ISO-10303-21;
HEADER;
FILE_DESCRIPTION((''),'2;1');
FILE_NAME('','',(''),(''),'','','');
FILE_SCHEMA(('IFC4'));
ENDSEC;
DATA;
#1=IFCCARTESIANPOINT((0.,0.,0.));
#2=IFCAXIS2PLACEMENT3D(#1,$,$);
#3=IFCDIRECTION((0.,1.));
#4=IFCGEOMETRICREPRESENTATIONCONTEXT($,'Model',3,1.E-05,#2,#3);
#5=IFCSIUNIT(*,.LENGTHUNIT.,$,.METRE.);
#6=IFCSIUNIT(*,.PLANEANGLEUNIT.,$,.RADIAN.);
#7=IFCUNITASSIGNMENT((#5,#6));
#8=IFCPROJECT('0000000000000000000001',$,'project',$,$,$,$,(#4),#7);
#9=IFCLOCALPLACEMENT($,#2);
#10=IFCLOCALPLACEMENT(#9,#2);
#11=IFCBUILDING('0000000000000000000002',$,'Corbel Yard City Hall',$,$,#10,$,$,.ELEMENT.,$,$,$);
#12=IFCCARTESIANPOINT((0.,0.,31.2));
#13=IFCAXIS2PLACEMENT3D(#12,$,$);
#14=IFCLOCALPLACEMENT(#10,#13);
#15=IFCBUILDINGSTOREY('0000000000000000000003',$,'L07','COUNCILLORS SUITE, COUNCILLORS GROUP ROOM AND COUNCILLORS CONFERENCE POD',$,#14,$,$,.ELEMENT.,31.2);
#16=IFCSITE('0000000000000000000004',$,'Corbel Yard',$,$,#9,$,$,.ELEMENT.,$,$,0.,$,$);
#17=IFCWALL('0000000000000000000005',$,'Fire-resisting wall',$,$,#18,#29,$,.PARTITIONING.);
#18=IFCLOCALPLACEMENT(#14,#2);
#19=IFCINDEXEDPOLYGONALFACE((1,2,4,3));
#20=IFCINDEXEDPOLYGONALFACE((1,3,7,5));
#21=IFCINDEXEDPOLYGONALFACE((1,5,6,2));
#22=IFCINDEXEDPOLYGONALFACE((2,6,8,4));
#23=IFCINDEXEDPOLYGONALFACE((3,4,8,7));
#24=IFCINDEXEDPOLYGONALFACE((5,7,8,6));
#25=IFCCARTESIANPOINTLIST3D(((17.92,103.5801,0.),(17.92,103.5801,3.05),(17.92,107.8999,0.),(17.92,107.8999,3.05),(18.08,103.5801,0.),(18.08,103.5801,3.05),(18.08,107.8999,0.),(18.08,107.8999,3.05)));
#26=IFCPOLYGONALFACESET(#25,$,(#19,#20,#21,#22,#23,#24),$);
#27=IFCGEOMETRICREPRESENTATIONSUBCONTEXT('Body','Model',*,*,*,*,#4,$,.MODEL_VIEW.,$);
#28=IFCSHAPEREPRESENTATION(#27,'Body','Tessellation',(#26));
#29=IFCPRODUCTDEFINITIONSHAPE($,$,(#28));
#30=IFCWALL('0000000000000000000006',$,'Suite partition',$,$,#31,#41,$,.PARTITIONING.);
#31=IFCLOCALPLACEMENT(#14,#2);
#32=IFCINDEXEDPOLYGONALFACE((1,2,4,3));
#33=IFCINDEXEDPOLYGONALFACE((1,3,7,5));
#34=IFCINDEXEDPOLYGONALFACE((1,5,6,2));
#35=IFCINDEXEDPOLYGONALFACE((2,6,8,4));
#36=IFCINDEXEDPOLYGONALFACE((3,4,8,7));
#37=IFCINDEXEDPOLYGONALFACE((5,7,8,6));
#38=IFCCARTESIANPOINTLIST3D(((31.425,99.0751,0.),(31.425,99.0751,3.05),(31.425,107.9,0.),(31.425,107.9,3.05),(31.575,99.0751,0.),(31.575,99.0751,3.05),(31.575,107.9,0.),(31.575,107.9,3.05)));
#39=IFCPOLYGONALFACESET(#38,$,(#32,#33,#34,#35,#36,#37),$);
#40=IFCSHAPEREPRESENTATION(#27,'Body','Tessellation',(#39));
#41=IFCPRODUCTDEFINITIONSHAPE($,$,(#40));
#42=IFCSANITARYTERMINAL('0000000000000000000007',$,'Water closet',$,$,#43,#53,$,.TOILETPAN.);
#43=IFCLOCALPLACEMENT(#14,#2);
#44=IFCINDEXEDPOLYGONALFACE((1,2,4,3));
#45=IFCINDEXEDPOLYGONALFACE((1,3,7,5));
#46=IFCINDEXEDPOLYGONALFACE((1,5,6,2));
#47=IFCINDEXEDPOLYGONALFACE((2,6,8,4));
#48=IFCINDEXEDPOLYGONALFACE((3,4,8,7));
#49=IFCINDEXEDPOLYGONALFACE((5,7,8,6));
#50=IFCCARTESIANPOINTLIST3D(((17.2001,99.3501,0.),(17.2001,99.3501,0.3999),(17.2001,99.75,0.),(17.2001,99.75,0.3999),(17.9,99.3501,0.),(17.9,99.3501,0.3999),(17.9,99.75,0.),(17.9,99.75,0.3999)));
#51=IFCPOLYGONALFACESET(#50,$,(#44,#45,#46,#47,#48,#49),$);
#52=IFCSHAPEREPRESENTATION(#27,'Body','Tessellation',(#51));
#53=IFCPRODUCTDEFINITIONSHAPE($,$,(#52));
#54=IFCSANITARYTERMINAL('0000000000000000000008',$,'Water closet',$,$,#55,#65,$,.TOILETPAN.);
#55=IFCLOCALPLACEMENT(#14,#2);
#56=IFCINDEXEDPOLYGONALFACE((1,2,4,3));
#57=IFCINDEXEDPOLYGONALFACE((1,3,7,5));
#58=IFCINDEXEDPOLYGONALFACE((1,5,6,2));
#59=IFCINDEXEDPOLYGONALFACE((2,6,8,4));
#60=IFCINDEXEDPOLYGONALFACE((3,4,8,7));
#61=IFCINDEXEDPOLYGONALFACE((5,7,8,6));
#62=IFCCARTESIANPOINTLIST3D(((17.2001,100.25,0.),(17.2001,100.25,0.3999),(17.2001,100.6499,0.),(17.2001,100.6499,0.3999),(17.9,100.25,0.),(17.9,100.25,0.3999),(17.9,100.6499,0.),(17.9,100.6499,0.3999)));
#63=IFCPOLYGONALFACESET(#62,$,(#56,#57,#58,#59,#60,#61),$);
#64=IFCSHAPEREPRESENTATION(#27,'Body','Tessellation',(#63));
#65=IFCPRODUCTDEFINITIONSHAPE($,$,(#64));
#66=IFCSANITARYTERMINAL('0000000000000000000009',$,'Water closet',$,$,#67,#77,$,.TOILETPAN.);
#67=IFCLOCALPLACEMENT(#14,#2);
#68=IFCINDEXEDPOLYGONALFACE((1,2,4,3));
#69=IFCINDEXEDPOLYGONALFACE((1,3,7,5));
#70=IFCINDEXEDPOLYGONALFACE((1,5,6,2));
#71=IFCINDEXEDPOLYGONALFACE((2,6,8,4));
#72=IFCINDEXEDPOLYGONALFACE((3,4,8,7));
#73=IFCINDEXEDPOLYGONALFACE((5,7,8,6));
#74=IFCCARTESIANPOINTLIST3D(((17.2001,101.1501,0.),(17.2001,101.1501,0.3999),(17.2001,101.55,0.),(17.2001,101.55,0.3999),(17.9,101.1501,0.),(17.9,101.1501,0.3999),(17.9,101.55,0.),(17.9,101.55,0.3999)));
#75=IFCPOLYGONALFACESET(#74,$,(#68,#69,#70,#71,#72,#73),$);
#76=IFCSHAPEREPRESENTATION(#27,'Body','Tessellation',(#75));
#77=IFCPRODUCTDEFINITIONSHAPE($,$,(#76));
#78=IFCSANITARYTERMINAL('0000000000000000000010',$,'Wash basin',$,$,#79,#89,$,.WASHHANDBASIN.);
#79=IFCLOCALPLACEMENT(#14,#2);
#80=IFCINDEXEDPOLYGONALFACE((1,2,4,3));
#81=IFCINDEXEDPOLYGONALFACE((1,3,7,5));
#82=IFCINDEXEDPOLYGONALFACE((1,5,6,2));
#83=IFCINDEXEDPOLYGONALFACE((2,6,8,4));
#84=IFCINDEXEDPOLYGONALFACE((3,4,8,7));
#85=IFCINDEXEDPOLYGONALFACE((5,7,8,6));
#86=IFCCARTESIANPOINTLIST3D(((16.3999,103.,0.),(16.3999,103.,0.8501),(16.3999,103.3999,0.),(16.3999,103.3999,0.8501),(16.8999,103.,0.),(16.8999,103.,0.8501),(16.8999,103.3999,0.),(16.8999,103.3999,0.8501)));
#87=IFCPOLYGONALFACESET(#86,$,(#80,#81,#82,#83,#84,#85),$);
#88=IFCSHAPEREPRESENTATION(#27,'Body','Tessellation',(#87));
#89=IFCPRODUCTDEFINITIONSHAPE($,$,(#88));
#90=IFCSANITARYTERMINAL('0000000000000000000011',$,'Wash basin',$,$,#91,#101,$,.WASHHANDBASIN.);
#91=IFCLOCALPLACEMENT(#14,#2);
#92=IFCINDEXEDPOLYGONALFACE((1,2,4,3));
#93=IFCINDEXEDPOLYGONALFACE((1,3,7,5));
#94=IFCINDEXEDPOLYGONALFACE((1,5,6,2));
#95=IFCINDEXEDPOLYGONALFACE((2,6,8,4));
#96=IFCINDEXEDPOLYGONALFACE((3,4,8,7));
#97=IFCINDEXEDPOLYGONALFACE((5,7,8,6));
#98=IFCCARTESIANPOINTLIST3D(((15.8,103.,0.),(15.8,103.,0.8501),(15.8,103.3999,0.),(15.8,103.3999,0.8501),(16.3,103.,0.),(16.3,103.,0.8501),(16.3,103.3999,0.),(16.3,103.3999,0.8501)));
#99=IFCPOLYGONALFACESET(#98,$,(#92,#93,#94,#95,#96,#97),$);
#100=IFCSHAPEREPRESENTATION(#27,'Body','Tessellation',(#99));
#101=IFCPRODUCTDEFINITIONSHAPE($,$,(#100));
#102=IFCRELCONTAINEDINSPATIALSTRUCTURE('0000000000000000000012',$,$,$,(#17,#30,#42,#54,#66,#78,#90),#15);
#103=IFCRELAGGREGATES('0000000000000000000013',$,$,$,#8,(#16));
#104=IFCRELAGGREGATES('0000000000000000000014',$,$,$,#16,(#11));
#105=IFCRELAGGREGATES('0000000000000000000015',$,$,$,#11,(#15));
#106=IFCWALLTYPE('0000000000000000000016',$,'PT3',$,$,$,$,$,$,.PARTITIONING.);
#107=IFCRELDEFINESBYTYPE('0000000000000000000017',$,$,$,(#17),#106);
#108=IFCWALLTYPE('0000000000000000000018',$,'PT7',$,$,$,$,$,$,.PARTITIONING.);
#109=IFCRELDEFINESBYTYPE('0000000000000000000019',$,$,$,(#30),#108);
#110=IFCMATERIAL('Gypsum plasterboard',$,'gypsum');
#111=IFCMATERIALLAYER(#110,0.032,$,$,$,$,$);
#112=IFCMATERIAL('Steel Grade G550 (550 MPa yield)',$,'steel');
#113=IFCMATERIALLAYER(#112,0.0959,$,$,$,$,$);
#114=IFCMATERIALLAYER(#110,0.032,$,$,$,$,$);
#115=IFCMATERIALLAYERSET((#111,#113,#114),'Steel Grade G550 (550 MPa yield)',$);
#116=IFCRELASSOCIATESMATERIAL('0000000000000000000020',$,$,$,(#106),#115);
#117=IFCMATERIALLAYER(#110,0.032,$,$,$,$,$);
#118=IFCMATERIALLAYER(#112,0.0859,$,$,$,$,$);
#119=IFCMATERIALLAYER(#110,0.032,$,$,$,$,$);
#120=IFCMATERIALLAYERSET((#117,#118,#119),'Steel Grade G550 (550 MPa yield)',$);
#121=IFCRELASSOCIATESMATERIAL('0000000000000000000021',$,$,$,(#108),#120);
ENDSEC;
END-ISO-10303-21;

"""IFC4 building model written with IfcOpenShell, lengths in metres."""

from ifc_helpers import new_model, si_unit, direction, frame, frame_2d, origin, origin_2d, place, context, subcontext, project, spatial, rectangle, extrude, material, layer, layer_set, type_object, element, save


model = new_model("IFC4")

# Units and contexts
model_context = context("Model", 3, precision=1e-05, world=origin(), true_north=direction((0.0, 1.0)))
body_context = subcontext(model_context, "Body", "Model", "MODEL_VIEW")
ifc_project = project(units=[si_unit("LENGTHUNIT", "METRE"), si_unit("PLANEANGLEUNIT", "RADIAN")], contexts=[model_context])

# Site, building, storey
site_placement = place(None, origin())
site = spatial("IfcSite", under=ifc_project, at=site_placement, Name="Corbel Yard", CompositionType="ELEMENT", RefElevation=0.0)
building_placement = place(site_placement, origin())
building = spatial("IfcBuilding", under=site, at=building_placement, Name="Corbel Yard City Hall", CompositionType="ELEMENT")
storey_placement = place(building_placement, frame((0.0, 0.0, 31.2)))
storey = spatial("IfcBuildingStorey", under=building, at=storey_placement, Name="L07", Description="COUNCILLORS SUITE, COUNCILLORS GROUP ROOM AND COUNCILLORS CONFERENCE POD", CompositionType="ELEMENT", Elevation=31.2)

# Shared definitions
ifc_material_1 = material(Name="Gypsum plasterboard", Category="gypsum")
ifc_material_2 = material(Name="Steel Grade G550 (550 MPa yield)", Category="steel")

# Shared definitions
ifc_layer_1 = layer(ifc_material_1, 0.032)
ifc_layer_2 = layer(ifc_material_2, 0.0959)
ifc_layer_3 = layer(ifc_material_1, 0.032)
ifc_layer_set_1 = layer_set([ifc_layer_1, ifc_layer_2, ifc_layer_3], Name="Steel Grade G550 (550 MPa yield)")
wall_type_1 = type_object("IfcWallType", Name="PT3", PredefinedType="PARTITIONING", material=ifc_layer_set_1)

# Walls
wall_1_placement = place(storey_placement, frame((18.0, 103.5801, 0.0), z_axis=(0.0, 0.0, 1.0), x_axis=(0.0, 1.0, 0.0)))
element("IfcWall", 1, at=wall_1_placement, inside=storey, type_object=wall_type_1, Name="Fire-resisting wall", PredefinedType="PARTITIONING", context=body_context, shape_type="SweptSolid", body=[
    extrude(rectangle(XDim=4.3198, YDim=0.1599, at=frame_2d((2.1599, 0.0))), origin(), (0.0, 0.0, 1.0), 3.05),
])
ifc_layer_4 = layer(ifc_material_1, 0.032)
ifc_layer_5 = layer(ifc_material_2, 0.0859)
ifc_layer_6 = layer(ifc_material_1, 0.032)
ifc_layer_set_2 = layer_set([ifc_layer_4, ifc_layer_5, ifc_layer_6], Name="Steel Grade G550 (550 MPa yield)")
wall_type_2 = type_object("IfcWallType", Name="PT7", PredefinedType="PARTITIONING", material=ifc_layer_set_2)
wall_2_placement = place(storey_placement, frame((31.5, 99.075, 0.0), z_axis=(0.0, 0.0, 1.0), x_axis=(0.0, 1.0, 0.0)))
element("IfcWall", 2, at=wall_2_placement, inside=storey, type_object=wall_type_2, Name="Suite partition", PredefinedType="PARTITIONING", context=body_context, shape_type="SweptSolid", body=[
    extrude(rectangle(XDim=8.825, YDim=0.1499, at=frame_2d((4.4126, 0.0))), origin(), (0.0, 0.0, 1.0), 3.05),
])

# Sanitary terminals
for number, where, z_axis, x_axis, name in (
    (3, (17.55, 99.55, 0.0), (0.0, 0.0, 1.0), (1.0, 0.0, 0.0), "Water closet"),
    (4, (17.55, 100.45, 0.0), (0.0, 0.0, 1.0), (1.0, 0.0, 0.0), "Water closet"),
    (5, (17.55, 101.3501, 0.0), (0.0, 0.0, 1.0), (1.0, 0.0, 0.0), "Water closet"),
):
    element("IfcSanitaryTerminal", number, at=place(storey_placement, frame(where, z_axis=z_axis, x_axis=x_axis)), inside=storey, Name=name, PredefinedType="TOILETPAN", context=body_context, shape_type="SweptSolid", body=[
        extrude(rectangle(XDim=0.7, YDim=0.3999, at=origin_2d()), origin(), (0.0, 0.0, 1.0), 0.3999),
    ])
for number, where, z_axis, x_axis, name in (
    (6, (16.6499, 103.2, 0.0), (0.0, 0.0, 1.0), (1.0, 0.0, 0.0), "Wash basin"),
    (7, (16.05, 103.2, 0.0), (0.0, 0.0, 1.0), (1.0, 0.0, 0.0), "Wash basin"),
):
    element("IfcSanitaryTerminal", number, at=place(storey_placement, frame(where, z_axis=z_axis, x_axis=x_axis)), inside=storey, Name=name, PredefinedType="WASHHANDBASIN", context=body_context, shape_type="SweptSolid", body=[
        extrude(rectangle(XDim=0.5, YDim=0.3999, at=origin_2d()), origin(), (0.0, 0.0, 1.0), 0.8501),
    ])

save(model, "model.ifc")
